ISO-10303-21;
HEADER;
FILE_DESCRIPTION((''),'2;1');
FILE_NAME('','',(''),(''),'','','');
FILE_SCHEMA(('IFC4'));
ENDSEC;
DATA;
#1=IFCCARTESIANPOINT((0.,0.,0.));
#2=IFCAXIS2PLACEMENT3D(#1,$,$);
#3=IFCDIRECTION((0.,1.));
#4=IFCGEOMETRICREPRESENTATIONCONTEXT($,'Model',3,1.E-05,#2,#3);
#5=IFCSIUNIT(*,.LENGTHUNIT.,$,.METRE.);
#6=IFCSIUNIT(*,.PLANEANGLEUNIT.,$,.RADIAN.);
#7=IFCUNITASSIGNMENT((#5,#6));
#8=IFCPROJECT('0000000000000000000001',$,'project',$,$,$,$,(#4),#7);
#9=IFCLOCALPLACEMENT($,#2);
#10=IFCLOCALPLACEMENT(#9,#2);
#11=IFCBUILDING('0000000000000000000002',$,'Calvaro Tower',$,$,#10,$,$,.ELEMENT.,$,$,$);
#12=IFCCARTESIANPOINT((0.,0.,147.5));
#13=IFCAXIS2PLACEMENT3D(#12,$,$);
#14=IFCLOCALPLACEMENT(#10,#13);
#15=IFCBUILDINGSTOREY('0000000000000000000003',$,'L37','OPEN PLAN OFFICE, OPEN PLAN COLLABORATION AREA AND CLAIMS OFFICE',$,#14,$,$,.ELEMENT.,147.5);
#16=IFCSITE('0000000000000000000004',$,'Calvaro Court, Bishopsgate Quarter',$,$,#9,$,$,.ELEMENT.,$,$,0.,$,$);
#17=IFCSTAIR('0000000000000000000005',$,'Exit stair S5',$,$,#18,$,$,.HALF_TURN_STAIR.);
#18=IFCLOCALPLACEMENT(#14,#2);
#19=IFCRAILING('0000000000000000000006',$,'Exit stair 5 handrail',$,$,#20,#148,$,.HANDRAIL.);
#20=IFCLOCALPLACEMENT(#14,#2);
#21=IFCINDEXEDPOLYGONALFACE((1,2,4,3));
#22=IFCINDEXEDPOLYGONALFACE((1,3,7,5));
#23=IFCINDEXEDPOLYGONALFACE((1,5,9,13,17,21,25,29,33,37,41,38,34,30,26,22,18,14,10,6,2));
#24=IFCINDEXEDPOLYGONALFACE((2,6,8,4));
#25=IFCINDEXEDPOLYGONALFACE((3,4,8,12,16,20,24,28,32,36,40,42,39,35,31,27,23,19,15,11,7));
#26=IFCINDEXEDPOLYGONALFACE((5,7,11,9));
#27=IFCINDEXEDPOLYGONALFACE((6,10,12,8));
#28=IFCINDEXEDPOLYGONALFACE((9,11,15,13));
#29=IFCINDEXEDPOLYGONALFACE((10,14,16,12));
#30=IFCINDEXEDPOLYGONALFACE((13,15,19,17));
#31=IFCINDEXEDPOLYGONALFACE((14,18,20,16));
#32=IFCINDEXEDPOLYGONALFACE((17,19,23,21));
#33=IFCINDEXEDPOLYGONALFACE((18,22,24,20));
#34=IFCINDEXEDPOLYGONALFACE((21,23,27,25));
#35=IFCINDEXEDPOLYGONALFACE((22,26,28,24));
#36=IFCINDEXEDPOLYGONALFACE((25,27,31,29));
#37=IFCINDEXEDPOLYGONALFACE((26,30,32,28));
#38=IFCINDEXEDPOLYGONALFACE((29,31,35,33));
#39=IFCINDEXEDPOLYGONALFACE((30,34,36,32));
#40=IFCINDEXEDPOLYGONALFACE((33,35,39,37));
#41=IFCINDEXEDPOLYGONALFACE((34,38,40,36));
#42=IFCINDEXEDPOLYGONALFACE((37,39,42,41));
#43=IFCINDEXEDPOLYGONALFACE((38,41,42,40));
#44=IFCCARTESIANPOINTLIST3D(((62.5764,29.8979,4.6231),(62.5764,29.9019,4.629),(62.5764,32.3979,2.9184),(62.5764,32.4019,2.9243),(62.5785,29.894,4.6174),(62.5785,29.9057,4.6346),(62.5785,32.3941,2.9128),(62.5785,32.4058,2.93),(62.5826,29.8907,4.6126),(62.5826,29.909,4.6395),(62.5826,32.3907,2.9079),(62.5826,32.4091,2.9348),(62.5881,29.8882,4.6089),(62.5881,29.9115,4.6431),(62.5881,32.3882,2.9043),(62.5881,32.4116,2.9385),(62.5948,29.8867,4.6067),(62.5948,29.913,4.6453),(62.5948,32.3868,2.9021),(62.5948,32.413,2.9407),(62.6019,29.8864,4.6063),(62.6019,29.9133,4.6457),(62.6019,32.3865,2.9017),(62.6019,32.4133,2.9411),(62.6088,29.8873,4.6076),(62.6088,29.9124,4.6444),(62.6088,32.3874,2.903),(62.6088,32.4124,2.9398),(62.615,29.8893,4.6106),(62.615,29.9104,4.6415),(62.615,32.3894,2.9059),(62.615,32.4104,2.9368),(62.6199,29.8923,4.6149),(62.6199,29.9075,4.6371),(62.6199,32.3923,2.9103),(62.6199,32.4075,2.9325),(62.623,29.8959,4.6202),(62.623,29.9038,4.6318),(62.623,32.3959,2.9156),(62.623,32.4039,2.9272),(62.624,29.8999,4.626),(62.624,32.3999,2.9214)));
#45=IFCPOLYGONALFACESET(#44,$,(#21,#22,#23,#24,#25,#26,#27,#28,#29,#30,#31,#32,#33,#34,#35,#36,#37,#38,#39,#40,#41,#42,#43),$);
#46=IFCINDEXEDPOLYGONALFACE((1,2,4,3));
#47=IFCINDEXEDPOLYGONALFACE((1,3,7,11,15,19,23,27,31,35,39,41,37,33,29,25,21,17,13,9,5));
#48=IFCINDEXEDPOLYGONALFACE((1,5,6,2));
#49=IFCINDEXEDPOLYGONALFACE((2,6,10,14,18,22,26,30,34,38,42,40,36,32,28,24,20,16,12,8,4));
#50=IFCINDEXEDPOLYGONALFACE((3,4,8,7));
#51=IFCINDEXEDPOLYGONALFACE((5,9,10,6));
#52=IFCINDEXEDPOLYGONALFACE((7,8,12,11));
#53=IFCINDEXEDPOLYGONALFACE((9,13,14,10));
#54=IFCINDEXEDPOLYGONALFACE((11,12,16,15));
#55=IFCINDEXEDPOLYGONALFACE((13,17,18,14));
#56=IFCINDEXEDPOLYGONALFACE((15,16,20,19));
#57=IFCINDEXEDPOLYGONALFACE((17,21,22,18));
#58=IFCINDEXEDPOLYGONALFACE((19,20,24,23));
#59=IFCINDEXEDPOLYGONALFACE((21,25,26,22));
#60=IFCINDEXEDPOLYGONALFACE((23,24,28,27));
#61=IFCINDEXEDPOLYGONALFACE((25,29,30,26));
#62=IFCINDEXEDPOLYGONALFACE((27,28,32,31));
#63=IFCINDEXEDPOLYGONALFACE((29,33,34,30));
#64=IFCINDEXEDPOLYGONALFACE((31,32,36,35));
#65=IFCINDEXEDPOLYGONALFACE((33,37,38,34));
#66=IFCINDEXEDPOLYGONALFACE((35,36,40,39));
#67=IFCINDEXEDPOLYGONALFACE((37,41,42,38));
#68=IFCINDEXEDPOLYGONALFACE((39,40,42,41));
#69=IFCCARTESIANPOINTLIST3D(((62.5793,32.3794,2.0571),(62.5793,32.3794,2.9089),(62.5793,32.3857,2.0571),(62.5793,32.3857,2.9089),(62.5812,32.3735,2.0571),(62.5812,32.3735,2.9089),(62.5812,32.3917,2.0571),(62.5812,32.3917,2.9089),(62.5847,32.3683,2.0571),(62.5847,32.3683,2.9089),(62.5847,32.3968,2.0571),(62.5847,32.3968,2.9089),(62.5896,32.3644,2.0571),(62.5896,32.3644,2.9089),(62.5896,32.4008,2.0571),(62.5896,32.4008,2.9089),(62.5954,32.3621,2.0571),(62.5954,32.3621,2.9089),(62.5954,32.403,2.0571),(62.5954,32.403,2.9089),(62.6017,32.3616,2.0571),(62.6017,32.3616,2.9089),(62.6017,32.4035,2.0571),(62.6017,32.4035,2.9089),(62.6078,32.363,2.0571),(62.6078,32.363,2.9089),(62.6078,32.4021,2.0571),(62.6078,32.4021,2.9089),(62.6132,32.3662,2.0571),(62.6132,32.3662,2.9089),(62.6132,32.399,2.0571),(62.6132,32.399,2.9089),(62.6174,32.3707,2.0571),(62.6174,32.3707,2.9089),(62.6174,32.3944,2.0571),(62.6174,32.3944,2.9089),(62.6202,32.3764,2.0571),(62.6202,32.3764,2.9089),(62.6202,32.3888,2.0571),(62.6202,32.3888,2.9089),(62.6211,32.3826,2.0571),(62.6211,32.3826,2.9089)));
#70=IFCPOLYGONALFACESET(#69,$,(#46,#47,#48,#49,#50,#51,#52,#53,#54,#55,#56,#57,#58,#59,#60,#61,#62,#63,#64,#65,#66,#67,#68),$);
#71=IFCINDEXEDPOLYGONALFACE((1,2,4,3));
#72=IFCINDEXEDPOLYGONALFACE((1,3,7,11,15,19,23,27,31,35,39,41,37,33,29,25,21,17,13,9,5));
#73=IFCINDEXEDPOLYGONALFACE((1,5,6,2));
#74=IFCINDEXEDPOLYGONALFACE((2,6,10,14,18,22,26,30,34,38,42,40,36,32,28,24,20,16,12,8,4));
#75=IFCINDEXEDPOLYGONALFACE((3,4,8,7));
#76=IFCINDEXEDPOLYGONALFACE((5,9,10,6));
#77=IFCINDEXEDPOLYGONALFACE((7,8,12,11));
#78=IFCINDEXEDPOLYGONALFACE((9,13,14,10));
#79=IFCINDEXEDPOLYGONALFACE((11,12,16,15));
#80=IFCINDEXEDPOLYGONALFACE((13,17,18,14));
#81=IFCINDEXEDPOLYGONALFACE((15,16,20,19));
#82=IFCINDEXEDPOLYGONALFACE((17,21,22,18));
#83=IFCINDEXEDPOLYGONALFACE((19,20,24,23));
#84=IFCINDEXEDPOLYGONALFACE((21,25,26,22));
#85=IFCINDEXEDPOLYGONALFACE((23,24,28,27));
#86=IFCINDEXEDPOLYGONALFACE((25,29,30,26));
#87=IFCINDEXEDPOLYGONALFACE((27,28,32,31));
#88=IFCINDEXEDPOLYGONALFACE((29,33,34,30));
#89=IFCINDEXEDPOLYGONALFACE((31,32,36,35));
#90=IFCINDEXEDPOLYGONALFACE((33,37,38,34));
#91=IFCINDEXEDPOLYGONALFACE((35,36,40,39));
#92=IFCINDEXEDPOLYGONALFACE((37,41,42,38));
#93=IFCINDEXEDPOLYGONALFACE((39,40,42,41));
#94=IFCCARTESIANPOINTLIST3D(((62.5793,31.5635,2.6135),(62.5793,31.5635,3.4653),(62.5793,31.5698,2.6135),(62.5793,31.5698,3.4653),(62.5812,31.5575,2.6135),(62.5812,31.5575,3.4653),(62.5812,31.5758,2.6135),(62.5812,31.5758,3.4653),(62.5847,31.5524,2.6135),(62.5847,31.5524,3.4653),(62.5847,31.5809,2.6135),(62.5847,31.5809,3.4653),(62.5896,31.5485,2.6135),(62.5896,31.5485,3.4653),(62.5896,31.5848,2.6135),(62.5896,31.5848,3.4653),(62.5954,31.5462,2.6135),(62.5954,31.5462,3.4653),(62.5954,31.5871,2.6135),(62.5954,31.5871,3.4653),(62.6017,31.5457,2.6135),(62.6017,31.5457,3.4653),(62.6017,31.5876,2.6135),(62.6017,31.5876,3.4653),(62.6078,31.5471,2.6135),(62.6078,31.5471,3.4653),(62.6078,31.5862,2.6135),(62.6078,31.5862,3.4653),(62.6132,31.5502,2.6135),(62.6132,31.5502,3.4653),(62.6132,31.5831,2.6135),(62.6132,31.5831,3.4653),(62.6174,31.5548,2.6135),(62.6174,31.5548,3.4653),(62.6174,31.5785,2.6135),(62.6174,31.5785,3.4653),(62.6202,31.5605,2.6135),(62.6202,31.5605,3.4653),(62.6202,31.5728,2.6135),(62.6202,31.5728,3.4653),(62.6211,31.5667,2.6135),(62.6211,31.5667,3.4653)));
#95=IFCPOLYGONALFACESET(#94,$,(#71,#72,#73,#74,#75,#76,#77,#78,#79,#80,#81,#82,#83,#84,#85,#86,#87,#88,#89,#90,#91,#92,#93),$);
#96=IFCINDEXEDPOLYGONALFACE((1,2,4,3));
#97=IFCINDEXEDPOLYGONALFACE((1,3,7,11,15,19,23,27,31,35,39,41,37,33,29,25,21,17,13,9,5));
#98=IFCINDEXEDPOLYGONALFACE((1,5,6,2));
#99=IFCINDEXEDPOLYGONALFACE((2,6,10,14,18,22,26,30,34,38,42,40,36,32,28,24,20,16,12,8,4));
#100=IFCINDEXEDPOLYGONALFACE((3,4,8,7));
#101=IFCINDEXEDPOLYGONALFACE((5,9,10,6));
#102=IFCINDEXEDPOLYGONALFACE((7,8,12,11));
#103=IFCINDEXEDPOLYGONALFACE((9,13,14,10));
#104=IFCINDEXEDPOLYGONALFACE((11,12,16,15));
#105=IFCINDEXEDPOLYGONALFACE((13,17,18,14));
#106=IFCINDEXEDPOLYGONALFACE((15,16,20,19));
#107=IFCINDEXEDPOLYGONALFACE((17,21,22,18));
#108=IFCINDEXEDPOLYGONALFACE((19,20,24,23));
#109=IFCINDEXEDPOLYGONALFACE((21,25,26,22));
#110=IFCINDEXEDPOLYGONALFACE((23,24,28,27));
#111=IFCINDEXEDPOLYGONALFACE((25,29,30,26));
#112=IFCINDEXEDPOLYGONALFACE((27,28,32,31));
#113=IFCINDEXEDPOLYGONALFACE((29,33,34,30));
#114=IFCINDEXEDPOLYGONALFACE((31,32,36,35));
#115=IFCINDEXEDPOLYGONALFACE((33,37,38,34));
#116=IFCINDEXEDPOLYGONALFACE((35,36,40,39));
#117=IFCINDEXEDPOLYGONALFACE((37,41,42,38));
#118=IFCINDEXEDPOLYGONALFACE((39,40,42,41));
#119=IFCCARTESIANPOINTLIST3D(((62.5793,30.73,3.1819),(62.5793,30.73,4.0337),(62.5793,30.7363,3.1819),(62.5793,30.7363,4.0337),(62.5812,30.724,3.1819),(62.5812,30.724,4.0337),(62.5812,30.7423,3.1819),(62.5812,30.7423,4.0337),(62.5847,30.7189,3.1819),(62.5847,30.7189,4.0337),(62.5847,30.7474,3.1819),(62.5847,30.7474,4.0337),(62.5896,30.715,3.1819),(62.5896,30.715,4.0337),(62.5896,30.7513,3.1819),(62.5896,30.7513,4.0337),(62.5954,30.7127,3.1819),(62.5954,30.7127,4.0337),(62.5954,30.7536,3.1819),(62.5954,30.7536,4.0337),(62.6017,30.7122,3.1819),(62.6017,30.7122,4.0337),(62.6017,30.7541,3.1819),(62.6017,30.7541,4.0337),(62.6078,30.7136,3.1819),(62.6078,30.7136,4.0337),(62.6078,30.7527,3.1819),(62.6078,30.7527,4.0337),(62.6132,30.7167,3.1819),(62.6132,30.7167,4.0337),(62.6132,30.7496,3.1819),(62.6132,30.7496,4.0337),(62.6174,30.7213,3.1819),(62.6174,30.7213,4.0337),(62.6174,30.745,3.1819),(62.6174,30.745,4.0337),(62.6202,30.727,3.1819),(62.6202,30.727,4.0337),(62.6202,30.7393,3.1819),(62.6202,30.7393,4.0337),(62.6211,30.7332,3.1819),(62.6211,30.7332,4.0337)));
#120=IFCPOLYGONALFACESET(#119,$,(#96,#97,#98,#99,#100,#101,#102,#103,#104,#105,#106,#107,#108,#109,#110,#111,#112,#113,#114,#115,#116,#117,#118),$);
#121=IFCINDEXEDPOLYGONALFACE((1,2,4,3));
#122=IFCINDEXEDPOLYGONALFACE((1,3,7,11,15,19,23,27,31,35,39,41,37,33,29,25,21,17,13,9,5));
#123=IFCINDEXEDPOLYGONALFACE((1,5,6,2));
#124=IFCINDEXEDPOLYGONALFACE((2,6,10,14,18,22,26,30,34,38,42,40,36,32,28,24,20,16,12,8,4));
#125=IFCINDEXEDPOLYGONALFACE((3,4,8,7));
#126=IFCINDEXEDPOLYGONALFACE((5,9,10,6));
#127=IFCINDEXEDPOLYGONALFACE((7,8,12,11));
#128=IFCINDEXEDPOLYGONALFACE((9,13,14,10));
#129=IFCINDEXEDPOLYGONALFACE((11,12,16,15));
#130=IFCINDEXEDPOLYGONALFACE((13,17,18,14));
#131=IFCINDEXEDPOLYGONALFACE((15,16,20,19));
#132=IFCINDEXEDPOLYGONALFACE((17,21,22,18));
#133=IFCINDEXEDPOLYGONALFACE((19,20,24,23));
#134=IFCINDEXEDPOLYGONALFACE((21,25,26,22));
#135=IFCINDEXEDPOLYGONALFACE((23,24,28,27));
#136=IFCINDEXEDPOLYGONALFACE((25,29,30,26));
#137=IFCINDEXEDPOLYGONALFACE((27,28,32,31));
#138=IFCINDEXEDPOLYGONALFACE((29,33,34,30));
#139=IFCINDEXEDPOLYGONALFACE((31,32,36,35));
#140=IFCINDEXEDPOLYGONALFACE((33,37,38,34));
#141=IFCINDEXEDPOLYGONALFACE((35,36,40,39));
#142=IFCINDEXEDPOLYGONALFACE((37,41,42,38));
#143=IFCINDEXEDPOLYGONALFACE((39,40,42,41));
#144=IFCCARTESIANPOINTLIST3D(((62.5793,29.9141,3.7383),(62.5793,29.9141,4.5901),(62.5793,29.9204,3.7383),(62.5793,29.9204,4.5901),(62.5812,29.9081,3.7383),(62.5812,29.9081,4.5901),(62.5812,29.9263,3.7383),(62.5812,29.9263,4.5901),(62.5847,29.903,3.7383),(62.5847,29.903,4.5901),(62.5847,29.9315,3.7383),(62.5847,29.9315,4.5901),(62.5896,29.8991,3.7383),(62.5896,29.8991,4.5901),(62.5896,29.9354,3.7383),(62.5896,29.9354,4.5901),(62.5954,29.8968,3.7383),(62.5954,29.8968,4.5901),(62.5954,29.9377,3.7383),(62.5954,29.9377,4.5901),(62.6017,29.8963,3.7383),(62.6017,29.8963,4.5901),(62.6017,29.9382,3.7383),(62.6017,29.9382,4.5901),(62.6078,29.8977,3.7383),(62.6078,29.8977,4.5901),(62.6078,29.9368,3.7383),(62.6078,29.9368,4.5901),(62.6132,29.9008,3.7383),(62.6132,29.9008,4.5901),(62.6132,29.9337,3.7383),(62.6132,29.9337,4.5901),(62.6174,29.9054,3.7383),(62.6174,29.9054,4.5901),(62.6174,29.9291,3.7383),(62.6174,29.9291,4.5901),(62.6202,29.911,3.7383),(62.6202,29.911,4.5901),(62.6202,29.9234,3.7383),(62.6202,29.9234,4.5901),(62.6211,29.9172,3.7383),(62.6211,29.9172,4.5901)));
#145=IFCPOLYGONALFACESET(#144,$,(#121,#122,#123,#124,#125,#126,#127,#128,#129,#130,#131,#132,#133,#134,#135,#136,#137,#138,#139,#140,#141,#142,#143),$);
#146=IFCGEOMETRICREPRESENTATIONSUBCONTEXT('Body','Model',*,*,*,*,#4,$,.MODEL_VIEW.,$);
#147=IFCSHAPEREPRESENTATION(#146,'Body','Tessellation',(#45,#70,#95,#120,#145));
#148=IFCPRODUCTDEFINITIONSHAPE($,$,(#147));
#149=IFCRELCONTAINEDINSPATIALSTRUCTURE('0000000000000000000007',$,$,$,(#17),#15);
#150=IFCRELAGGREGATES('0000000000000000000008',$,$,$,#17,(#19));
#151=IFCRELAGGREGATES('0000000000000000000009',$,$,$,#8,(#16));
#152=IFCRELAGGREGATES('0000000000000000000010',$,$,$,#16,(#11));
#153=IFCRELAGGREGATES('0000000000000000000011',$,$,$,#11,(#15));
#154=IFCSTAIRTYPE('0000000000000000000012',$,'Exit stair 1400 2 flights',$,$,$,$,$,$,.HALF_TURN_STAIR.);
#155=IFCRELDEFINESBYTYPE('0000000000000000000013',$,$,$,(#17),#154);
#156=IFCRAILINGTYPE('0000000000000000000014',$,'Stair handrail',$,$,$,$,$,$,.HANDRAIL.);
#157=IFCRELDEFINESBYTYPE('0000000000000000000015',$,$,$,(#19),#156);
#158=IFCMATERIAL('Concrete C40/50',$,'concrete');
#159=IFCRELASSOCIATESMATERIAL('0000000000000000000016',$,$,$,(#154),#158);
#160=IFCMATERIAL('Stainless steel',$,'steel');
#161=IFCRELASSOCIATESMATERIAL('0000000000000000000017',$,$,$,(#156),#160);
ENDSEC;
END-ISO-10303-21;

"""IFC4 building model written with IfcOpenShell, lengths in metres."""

from ifc_helpers import new_model, si_unit, direction, frame, origin, origin_2d, place, context, subcontext, project, spatial, circle, extrude, material, type_object, element, aggregate, save


model = new_model("IFC4")

# Units and contexts
model_context = context("Model", 3, precision=1e-05, world=origin(), true_north=direction((0.0, 1.0)))
body_context = subcontext(model_context, "Body", "Model", "MODEL_VIEW")
ifc_project = project(units=[si_unit("LENGTHUNIT", "METRE"), si_unit("PLANEANGLEUNIT", "RADIAN")], contexts=[model_context])

# Site, building, storey
site_placement = place(None, origin())
site = spatial("IfcSite", under=ifc_project, at=site_placement, Name="Calvaro Court, Bishopsgate Quarter", CompositionType="ELEMENT", RefElevation=0.0)
building_placement = place(site_placement, origin())
building = spatial("IfcBuilding", under=site, at=building_placement, Name="Calvaro Tower", CompositionType="ELEMENT")
storey_placement = place(building_placement, frame((0.0, 0.0, 147.5)))
storey = spatial("IfcBuildingStorey", under=building, at=storey_placement, Name="L37", Description="OPEN PLAN OFFICE, OPEN PLAN COLLABORATION AREA AND CLAIMS OFFICE", CompositionType="ELEMENT", Elevation=147.5)

# Stair
ifc_material_1 = material(Name="Concrete C40/50", Category="concrete")
stair_type = type_object("IfcStairType", Name="Exit stair 1400 2 flights", PredefinedType="HALF_TURN_STAIR", material=ifc_material_1)
stair_1_placement = place(storey_placement, origin())
stair_1 = element("IfcStair", 1, at=stair_1_placement, inside=storey, type_object=stair_type, Name="Exit stair S5", PredefinedType="HALF_TURN_STAIR")

# Shared definitions
ifc_material_2 = material(Name="Stainless steel", Category="steel")
railing_type = type_object("IfcRailingType", Name="Stair handrail", PredefinedType="HANDRAIL", material=ifc_material_2)

# Railing
railing_1_placement = place(storey_placement, frame((62.6001, 32.3999, 2.0454)))
railing_1 = element("IfcRailing", 2, at=railing_1_placement, type_object=railing_type, Name="Exit stair 5 handrail", PredefinedType="HANDRAIL", context=body_context, shape_type="SweptSolid", body=[
    extrude(circle(Radius=0.0239, at=origin_2d()), frame((0.0, 0.0, 0.876), z_axis=(0.0, -0.826221, 0.563347), x_axis=(1.0, 0.0, 0.0)), (0.0, 0.0, 1.0), 3.0259),
    extrude(circle(Radius=0.021, at=origin_2d()), frame((0.0, -0.0173, 0.0117)), (0.0, 0.0, 1.0), 0.8518),
    extrude(circle(Radius=0.021, at=origin_2d()), frame((0.0, -0.8333, 0.5681)), (0.0, 0.0, 1.0), 0.8518),
    extrude(circle(Radius=0.021, at=origin_2d()), frame((0.0, -1.6667, 1.1365)), (0.0, 0.0, 1.0), 0.8518),
    extrude(circle(Radius=0.021, at=origin_2d()), frame((0.0, -2.4827, 1.6929)), (0.0, 0.0, 1.0), 0.8518),
])
aggregate(stair_1, [railing_1])

save(model, "model.ifc")
